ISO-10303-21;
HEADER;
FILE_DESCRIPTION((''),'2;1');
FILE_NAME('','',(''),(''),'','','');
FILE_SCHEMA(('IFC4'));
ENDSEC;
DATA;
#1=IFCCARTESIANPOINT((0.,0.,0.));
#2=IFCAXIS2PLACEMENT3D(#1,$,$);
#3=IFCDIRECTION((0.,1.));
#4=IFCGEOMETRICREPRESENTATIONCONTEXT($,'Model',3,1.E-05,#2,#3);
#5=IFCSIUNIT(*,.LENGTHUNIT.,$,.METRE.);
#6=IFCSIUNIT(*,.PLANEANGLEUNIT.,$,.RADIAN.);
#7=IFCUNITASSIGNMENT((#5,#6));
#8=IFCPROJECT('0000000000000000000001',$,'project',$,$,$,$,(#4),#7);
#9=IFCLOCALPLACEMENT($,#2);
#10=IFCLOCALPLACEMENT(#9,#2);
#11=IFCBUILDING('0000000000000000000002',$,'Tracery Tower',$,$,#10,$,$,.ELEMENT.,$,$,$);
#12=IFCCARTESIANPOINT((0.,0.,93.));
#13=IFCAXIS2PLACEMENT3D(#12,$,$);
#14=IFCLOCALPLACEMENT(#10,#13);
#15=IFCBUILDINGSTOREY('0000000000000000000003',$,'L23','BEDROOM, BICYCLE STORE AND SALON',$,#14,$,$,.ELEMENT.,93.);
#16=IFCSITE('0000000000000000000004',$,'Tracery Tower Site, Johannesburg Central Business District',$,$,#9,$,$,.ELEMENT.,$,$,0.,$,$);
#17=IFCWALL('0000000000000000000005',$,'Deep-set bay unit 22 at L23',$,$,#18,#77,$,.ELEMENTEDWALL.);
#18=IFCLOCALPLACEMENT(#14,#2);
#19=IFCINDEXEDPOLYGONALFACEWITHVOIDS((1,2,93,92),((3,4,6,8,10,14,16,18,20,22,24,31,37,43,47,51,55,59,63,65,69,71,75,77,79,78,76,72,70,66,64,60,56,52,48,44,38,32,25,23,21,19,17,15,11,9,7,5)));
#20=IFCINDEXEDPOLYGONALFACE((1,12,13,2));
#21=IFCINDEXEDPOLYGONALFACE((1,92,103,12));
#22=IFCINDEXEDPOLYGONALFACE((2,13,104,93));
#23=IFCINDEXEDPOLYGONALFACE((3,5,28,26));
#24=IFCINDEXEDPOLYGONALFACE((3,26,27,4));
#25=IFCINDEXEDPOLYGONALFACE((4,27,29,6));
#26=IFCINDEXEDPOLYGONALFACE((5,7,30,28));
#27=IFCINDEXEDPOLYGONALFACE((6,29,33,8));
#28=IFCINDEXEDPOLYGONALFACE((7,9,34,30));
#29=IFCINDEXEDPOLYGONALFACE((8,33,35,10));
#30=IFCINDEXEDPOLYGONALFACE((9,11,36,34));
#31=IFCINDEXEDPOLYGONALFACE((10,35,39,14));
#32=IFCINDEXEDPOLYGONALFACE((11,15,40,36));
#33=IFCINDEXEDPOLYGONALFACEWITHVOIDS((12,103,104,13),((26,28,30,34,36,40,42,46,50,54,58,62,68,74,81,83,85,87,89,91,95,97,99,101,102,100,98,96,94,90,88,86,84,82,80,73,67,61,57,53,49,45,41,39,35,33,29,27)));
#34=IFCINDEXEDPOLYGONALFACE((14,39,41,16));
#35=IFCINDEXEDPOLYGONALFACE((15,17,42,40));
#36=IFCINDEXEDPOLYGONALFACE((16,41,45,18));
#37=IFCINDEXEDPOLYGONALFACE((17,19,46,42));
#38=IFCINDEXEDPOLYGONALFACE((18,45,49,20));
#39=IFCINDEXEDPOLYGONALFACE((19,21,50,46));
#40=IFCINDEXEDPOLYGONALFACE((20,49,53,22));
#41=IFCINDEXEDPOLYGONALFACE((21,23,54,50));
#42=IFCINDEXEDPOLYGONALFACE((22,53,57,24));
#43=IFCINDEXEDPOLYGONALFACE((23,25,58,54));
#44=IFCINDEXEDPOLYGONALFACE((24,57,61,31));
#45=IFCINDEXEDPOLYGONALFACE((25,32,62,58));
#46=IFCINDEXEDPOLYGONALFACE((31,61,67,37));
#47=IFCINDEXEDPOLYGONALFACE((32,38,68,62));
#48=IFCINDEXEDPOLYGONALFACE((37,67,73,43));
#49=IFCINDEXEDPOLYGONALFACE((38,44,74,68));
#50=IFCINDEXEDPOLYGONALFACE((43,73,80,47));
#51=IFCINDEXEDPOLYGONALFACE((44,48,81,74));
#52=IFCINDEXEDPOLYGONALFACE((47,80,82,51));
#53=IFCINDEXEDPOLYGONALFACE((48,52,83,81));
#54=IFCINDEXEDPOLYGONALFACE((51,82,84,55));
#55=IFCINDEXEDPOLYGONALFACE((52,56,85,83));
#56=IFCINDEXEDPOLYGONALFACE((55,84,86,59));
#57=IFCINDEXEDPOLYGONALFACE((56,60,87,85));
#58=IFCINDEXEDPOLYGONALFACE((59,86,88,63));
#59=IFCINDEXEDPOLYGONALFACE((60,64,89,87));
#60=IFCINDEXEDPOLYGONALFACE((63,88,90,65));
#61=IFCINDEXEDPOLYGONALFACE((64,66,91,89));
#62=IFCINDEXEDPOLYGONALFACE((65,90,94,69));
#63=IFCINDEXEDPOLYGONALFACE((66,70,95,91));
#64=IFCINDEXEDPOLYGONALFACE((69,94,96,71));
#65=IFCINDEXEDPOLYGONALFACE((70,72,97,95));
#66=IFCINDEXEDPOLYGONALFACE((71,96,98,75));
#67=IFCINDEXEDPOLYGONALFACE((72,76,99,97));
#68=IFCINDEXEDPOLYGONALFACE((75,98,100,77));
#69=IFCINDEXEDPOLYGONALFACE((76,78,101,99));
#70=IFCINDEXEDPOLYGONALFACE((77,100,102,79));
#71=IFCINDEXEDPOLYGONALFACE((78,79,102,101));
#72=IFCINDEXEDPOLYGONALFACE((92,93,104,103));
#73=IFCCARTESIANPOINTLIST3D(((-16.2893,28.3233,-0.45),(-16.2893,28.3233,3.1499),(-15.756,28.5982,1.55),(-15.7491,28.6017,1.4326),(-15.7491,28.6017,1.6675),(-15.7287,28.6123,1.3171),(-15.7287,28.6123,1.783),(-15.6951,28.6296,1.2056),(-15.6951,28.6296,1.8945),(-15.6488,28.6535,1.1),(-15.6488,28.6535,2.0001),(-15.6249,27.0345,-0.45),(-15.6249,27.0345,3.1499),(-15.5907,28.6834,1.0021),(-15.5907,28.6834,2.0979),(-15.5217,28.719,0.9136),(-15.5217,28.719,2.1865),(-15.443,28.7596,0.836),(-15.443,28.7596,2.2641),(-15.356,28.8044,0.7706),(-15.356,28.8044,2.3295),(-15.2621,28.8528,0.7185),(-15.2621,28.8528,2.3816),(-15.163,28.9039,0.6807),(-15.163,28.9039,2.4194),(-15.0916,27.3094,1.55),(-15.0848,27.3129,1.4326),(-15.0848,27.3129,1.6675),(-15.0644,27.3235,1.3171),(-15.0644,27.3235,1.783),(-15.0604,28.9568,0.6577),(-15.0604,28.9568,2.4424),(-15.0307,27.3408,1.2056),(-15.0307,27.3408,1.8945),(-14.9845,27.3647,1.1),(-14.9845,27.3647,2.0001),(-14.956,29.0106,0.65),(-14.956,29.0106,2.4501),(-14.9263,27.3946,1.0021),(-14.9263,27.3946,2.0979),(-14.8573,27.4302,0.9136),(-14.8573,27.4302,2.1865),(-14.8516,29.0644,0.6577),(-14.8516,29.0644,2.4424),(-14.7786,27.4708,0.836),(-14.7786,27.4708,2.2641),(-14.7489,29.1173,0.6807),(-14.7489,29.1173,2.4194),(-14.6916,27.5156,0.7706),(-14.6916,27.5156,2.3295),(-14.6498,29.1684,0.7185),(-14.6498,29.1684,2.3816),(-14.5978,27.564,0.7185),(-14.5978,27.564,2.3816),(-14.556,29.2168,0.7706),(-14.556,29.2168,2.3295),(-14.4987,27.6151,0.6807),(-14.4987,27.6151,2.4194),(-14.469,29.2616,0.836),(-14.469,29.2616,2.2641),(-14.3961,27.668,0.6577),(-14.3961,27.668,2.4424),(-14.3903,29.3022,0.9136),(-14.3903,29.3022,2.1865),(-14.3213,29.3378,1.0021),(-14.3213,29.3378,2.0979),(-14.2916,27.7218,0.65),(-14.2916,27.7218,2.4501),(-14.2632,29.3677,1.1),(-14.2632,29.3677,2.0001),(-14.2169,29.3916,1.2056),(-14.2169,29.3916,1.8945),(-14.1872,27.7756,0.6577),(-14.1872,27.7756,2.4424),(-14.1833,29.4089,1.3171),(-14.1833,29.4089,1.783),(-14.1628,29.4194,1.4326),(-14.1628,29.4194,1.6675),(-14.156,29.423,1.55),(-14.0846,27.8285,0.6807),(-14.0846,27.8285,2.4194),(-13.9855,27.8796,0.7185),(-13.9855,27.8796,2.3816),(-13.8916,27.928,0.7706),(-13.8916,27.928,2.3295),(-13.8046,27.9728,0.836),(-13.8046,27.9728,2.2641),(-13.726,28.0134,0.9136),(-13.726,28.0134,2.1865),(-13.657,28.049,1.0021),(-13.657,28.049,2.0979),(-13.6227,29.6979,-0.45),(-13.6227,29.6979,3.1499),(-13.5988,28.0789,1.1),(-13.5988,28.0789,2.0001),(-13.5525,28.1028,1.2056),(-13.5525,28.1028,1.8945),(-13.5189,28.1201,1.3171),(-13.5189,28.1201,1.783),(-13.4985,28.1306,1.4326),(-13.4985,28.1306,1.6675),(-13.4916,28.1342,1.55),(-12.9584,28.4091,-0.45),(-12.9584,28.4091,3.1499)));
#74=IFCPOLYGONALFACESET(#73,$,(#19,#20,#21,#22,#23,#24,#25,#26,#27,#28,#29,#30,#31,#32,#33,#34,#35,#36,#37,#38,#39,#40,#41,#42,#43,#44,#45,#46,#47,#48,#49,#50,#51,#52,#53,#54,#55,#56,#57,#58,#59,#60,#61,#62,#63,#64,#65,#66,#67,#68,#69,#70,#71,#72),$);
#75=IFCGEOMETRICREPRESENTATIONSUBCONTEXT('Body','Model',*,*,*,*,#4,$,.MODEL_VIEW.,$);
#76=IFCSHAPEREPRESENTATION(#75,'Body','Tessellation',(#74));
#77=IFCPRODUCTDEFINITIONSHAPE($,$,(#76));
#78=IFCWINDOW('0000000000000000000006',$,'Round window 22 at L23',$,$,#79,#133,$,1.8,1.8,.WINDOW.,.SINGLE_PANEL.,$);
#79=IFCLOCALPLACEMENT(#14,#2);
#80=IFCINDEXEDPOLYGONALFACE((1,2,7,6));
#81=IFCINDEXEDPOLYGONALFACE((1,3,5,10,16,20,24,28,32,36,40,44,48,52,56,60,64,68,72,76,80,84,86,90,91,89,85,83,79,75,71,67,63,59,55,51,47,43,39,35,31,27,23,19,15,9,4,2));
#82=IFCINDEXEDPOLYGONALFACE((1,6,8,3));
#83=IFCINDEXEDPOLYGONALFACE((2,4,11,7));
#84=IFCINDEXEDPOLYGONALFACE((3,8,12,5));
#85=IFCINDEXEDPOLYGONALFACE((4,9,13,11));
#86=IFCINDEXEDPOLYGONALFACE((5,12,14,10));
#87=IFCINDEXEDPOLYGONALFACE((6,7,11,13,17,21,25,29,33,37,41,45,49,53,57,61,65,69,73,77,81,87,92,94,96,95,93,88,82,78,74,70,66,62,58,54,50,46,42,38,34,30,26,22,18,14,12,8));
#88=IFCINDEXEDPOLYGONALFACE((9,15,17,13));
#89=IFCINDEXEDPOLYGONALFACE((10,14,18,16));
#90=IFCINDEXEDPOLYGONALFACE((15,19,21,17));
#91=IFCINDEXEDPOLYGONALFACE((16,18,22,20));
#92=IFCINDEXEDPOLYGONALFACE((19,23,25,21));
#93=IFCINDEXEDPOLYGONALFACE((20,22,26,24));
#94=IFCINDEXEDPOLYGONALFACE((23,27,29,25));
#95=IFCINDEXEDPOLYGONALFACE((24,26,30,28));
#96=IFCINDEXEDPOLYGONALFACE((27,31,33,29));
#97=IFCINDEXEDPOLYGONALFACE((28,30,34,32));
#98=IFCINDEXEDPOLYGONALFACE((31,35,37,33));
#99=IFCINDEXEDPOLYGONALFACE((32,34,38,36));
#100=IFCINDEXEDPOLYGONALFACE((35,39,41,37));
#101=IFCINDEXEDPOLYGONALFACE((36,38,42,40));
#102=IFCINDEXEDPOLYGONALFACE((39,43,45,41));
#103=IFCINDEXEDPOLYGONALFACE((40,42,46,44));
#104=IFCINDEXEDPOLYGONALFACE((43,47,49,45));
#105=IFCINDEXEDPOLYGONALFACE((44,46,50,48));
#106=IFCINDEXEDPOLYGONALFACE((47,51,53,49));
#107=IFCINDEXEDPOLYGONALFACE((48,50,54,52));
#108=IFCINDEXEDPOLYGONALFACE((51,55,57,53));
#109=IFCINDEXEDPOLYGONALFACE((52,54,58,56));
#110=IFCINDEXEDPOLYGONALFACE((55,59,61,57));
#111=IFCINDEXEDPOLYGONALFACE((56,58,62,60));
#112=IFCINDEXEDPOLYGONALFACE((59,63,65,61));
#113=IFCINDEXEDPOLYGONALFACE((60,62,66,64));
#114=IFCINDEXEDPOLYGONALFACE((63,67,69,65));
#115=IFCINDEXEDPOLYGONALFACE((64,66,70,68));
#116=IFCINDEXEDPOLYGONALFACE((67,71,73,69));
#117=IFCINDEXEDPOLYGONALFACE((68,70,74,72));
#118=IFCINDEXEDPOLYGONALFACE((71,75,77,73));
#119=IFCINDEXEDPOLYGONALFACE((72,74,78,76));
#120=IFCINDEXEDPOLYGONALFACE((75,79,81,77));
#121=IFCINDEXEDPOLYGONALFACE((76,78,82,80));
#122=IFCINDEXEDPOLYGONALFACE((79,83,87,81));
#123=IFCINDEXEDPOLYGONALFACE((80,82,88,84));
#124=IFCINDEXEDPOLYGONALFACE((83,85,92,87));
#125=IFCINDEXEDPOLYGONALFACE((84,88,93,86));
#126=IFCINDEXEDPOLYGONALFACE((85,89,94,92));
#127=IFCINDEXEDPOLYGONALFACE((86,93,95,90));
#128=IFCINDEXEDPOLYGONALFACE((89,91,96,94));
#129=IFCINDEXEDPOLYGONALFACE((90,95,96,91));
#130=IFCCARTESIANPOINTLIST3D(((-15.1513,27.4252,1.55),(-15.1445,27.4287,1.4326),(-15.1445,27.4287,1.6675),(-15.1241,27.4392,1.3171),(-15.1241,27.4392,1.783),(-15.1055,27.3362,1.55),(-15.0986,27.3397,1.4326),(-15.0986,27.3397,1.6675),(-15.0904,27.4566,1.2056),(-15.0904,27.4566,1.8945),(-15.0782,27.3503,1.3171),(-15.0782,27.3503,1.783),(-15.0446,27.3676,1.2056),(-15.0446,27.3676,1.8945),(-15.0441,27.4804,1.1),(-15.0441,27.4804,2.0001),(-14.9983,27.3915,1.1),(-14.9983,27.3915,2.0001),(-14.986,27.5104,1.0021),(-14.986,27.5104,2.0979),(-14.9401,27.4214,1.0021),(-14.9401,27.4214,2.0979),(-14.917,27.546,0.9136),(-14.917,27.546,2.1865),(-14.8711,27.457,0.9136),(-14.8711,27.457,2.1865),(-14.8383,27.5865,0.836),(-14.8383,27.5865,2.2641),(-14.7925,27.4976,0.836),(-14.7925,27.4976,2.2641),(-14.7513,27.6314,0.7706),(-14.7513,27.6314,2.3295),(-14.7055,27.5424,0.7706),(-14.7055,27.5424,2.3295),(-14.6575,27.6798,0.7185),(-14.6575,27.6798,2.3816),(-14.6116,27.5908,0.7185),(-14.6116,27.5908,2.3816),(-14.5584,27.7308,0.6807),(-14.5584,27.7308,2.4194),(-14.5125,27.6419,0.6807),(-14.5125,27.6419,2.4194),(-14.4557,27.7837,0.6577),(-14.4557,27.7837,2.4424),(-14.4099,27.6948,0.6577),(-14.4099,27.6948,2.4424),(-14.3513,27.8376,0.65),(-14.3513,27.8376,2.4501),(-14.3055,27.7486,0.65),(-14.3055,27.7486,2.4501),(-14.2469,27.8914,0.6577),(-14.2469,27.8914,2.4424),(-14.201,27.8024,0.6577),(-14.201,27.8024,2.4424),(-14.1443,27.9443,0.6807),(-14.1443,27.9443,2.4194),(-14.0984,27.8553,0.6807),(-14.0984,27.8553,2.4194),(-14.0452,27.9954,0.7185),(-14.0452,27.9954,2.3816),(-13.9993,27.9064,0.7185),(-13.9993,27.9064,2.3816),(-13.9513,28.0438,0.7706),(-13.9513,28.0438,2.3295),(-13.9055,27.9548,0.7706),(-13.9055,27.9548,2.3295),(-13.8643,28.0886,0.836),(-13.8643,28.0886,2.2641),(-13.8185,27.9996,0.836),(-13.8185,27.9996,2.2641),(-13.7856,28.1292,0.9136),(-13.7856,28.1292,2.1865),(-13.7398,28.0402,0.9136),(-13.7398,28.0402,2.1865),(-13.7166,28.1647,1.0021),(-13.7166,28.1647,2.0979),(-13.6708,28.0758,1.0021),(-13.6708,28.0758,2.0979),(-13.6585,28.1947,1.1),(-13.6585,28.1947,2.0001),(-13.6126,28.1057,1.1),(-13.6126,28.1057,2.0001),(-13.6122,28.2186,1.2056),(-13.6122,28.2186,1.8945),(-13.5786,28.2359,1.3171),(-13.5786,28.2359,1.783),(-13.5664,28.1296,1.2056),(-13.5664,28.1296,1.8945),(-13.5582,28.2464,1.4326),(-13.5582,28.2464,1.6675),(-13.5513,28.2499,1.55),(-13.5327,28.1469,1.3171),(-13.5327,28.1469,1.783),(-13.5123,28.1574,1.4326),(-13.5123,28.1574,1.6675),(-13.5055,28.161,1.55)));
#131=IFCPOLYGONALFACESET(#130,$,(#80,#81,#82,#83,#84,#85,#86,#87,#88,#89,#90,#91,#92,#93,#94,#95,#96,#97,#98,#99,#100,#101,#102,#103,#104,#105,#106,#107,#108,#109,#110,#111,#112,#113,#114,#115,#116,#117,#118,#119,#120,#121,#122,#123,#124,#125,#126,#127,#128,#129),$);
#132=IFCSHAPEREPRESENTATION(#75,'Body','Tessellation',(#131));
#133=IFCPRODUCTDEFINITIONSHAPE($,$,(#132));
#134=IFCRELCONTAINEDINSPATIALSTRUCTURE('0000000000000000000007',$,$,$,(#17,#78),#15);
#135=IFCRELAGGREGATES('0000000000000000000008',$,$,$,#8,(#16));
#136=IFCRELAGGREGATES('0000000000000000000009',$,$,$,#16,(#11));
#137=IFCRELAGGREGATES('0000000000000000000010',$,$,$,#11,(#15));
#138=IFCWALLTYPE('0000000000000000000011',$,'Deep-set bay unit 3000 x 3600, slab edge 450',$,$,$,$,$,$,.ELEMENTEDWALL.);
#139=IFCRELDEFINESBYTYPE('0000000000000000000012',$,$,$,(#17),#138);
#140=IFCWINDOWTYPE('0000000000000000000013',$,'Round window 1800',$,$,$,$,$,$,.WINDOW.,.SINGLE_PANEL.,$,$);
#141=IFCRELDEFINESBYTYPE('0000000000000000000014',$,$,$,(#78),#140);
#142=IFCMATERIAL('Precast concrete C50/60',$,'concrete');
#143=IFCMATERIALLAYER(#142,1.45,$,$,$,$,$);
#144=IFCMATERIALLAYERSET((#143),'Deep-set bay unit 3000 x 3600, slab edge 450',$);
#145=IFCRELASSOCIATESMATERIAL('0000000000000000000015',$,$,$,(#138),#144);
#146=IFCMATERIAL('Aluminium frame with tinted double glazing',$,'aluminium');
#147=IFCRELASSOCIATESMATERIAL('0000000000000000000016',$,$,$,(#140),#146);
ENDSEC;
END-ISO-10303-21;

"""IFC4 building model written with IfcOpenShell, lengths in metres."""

from ifc_helpers import new_model, si_unit, direction, frame, frame_2d, origin, origin_2d, place, context, subcontext, project, spatial, rectangle, circle, extrude, material, layer, layer_set, type_object, element, fill, save


model = new_model("IFC4")

# Units and contexts
model_context = context("Model", 3, precision=1e-05, world=origin(), true_north=direction((0.0, 1.0)))
body_context = subcontext(model_context, "Body", "Model", "MODEL_VIEW")
ifc_project = project(units=[si_unit("LENGTHUNIT", "METRE"), si_unit("PLANEANGLEUNIT", "RADIAN")], contexts=[model_context])

# Site, building, storey
site_placement = place(None, origin())
site = spatial("IfcSite", under=ifc_project, at=site_placement, Name="Tracery Tower Site, Johannesburg Central Business District", CompositionType="ELEMENT", RefElevation=0.0)
building_placement = place(site_placement, origin())
building = spatial("IfcBuilding", under=site, at=building_placement, Name="Tracery Tower", CompositionType="ELEMENT")
storey_placement = place(building_placement, frame((0.0, 0.0, 93.0)))
storey = spatial("IfcBuildingStorey", under=building, at=storey_placement, Name="L23", Description="BEDROOM, BICYCLE STORE AND SALON", CompositionType="ELEMENT", Elevation=93.0)

# Wall, opening, window
ifc_material_1 = material(Name="Precast concrete C50/60", Category="concrete")
ifc_layer_1 = layer(ifc_material_1, 1.45)
ifc_layer_set_1 = layer_set([ifc_layer_1], Name="Deep-set bay unit 3000 x 3600, slab edge 450")
wall_type_1 = type_object("IfcWallType", Name="Deep-set bay unit 3000 x 3600, slab edge 450", PredefinedType="ELEMENTEDWALL", material=ifc_layer_set_1)
ifc_material_2 = material(Name="Aluminium frame with tinted double glazing", Category="aluminium")
window_type = type_object("IfcWindowType", Name="Round window 1800", PartitioningType="SINGLE_PANEL", PredefinedType="WINDOW", material=ifc_material_2)
wall_1_placement = place(storey_placement, frame((-13.2905, 29.0535, -0.45), z_axis=(0.0, 0.0, 1.0), x_axis=(-0.888858, -0.458183, 0.0)))
wall_1 = element("IfcWall", 1, at=wall_1_placement, inside=storey, type_object=wall_type_1, Name="Deep-set bay unit 22 at L23", PredefinedType="ELEMENTEDWALL", context=body_context, shape_type="SweptSolid", body=[
    extrude(rectangle(XDim=3.0, YDim=1.45, at=frame_2d((1.5, 0.0))), origin(), (0.0, 0.0, 1.0), 3.5999),
])
opening_1_placement = place(wall_1_placement, frame((1.5, 0.0, 2.0)))
opening_1 = element("IfcOpeningElement", 2, at=opening_1_placement, cuts=wall_1, PredefinedType="OPENING", context=body_context, shape_type="SweptSolid", body=[
    extrude(circle(Radius=0.9, at=origin_2d()), frame((0.0, 0.7349, 0.0), z_axis=(0.0, -1.0, 0.0), x_axis=(1.0, 0.0, 0.0)), (0.0, 0.0, 1.0), 1.47),
])
window_1_placement = place(opening_1_placement, origin())
window_1 = element("IfcWindow", 3, at=window_1_placement, inside=storey, type_object=window_type, Name="Round window 22 at L23", OverallHeight=1.8, OverallWidth=1.8, PartitioningType="SINGLE_PANEL", PredefinedType="WINDOW", context=body_context, shape_type="SweptSolid", body=[
    extrude(circle(Radius=0.9, at=origin_2d()), frame((0.0, 0.6948, 0.0), z_axis=(0.0, -1.0, 0.0), x_axis=(1.0, 0.0, 0.0)), (0.0, 0.0, 1.0), 0.1001),
])
fill(opening_1, window_1)

save(model, "model.ifc")
